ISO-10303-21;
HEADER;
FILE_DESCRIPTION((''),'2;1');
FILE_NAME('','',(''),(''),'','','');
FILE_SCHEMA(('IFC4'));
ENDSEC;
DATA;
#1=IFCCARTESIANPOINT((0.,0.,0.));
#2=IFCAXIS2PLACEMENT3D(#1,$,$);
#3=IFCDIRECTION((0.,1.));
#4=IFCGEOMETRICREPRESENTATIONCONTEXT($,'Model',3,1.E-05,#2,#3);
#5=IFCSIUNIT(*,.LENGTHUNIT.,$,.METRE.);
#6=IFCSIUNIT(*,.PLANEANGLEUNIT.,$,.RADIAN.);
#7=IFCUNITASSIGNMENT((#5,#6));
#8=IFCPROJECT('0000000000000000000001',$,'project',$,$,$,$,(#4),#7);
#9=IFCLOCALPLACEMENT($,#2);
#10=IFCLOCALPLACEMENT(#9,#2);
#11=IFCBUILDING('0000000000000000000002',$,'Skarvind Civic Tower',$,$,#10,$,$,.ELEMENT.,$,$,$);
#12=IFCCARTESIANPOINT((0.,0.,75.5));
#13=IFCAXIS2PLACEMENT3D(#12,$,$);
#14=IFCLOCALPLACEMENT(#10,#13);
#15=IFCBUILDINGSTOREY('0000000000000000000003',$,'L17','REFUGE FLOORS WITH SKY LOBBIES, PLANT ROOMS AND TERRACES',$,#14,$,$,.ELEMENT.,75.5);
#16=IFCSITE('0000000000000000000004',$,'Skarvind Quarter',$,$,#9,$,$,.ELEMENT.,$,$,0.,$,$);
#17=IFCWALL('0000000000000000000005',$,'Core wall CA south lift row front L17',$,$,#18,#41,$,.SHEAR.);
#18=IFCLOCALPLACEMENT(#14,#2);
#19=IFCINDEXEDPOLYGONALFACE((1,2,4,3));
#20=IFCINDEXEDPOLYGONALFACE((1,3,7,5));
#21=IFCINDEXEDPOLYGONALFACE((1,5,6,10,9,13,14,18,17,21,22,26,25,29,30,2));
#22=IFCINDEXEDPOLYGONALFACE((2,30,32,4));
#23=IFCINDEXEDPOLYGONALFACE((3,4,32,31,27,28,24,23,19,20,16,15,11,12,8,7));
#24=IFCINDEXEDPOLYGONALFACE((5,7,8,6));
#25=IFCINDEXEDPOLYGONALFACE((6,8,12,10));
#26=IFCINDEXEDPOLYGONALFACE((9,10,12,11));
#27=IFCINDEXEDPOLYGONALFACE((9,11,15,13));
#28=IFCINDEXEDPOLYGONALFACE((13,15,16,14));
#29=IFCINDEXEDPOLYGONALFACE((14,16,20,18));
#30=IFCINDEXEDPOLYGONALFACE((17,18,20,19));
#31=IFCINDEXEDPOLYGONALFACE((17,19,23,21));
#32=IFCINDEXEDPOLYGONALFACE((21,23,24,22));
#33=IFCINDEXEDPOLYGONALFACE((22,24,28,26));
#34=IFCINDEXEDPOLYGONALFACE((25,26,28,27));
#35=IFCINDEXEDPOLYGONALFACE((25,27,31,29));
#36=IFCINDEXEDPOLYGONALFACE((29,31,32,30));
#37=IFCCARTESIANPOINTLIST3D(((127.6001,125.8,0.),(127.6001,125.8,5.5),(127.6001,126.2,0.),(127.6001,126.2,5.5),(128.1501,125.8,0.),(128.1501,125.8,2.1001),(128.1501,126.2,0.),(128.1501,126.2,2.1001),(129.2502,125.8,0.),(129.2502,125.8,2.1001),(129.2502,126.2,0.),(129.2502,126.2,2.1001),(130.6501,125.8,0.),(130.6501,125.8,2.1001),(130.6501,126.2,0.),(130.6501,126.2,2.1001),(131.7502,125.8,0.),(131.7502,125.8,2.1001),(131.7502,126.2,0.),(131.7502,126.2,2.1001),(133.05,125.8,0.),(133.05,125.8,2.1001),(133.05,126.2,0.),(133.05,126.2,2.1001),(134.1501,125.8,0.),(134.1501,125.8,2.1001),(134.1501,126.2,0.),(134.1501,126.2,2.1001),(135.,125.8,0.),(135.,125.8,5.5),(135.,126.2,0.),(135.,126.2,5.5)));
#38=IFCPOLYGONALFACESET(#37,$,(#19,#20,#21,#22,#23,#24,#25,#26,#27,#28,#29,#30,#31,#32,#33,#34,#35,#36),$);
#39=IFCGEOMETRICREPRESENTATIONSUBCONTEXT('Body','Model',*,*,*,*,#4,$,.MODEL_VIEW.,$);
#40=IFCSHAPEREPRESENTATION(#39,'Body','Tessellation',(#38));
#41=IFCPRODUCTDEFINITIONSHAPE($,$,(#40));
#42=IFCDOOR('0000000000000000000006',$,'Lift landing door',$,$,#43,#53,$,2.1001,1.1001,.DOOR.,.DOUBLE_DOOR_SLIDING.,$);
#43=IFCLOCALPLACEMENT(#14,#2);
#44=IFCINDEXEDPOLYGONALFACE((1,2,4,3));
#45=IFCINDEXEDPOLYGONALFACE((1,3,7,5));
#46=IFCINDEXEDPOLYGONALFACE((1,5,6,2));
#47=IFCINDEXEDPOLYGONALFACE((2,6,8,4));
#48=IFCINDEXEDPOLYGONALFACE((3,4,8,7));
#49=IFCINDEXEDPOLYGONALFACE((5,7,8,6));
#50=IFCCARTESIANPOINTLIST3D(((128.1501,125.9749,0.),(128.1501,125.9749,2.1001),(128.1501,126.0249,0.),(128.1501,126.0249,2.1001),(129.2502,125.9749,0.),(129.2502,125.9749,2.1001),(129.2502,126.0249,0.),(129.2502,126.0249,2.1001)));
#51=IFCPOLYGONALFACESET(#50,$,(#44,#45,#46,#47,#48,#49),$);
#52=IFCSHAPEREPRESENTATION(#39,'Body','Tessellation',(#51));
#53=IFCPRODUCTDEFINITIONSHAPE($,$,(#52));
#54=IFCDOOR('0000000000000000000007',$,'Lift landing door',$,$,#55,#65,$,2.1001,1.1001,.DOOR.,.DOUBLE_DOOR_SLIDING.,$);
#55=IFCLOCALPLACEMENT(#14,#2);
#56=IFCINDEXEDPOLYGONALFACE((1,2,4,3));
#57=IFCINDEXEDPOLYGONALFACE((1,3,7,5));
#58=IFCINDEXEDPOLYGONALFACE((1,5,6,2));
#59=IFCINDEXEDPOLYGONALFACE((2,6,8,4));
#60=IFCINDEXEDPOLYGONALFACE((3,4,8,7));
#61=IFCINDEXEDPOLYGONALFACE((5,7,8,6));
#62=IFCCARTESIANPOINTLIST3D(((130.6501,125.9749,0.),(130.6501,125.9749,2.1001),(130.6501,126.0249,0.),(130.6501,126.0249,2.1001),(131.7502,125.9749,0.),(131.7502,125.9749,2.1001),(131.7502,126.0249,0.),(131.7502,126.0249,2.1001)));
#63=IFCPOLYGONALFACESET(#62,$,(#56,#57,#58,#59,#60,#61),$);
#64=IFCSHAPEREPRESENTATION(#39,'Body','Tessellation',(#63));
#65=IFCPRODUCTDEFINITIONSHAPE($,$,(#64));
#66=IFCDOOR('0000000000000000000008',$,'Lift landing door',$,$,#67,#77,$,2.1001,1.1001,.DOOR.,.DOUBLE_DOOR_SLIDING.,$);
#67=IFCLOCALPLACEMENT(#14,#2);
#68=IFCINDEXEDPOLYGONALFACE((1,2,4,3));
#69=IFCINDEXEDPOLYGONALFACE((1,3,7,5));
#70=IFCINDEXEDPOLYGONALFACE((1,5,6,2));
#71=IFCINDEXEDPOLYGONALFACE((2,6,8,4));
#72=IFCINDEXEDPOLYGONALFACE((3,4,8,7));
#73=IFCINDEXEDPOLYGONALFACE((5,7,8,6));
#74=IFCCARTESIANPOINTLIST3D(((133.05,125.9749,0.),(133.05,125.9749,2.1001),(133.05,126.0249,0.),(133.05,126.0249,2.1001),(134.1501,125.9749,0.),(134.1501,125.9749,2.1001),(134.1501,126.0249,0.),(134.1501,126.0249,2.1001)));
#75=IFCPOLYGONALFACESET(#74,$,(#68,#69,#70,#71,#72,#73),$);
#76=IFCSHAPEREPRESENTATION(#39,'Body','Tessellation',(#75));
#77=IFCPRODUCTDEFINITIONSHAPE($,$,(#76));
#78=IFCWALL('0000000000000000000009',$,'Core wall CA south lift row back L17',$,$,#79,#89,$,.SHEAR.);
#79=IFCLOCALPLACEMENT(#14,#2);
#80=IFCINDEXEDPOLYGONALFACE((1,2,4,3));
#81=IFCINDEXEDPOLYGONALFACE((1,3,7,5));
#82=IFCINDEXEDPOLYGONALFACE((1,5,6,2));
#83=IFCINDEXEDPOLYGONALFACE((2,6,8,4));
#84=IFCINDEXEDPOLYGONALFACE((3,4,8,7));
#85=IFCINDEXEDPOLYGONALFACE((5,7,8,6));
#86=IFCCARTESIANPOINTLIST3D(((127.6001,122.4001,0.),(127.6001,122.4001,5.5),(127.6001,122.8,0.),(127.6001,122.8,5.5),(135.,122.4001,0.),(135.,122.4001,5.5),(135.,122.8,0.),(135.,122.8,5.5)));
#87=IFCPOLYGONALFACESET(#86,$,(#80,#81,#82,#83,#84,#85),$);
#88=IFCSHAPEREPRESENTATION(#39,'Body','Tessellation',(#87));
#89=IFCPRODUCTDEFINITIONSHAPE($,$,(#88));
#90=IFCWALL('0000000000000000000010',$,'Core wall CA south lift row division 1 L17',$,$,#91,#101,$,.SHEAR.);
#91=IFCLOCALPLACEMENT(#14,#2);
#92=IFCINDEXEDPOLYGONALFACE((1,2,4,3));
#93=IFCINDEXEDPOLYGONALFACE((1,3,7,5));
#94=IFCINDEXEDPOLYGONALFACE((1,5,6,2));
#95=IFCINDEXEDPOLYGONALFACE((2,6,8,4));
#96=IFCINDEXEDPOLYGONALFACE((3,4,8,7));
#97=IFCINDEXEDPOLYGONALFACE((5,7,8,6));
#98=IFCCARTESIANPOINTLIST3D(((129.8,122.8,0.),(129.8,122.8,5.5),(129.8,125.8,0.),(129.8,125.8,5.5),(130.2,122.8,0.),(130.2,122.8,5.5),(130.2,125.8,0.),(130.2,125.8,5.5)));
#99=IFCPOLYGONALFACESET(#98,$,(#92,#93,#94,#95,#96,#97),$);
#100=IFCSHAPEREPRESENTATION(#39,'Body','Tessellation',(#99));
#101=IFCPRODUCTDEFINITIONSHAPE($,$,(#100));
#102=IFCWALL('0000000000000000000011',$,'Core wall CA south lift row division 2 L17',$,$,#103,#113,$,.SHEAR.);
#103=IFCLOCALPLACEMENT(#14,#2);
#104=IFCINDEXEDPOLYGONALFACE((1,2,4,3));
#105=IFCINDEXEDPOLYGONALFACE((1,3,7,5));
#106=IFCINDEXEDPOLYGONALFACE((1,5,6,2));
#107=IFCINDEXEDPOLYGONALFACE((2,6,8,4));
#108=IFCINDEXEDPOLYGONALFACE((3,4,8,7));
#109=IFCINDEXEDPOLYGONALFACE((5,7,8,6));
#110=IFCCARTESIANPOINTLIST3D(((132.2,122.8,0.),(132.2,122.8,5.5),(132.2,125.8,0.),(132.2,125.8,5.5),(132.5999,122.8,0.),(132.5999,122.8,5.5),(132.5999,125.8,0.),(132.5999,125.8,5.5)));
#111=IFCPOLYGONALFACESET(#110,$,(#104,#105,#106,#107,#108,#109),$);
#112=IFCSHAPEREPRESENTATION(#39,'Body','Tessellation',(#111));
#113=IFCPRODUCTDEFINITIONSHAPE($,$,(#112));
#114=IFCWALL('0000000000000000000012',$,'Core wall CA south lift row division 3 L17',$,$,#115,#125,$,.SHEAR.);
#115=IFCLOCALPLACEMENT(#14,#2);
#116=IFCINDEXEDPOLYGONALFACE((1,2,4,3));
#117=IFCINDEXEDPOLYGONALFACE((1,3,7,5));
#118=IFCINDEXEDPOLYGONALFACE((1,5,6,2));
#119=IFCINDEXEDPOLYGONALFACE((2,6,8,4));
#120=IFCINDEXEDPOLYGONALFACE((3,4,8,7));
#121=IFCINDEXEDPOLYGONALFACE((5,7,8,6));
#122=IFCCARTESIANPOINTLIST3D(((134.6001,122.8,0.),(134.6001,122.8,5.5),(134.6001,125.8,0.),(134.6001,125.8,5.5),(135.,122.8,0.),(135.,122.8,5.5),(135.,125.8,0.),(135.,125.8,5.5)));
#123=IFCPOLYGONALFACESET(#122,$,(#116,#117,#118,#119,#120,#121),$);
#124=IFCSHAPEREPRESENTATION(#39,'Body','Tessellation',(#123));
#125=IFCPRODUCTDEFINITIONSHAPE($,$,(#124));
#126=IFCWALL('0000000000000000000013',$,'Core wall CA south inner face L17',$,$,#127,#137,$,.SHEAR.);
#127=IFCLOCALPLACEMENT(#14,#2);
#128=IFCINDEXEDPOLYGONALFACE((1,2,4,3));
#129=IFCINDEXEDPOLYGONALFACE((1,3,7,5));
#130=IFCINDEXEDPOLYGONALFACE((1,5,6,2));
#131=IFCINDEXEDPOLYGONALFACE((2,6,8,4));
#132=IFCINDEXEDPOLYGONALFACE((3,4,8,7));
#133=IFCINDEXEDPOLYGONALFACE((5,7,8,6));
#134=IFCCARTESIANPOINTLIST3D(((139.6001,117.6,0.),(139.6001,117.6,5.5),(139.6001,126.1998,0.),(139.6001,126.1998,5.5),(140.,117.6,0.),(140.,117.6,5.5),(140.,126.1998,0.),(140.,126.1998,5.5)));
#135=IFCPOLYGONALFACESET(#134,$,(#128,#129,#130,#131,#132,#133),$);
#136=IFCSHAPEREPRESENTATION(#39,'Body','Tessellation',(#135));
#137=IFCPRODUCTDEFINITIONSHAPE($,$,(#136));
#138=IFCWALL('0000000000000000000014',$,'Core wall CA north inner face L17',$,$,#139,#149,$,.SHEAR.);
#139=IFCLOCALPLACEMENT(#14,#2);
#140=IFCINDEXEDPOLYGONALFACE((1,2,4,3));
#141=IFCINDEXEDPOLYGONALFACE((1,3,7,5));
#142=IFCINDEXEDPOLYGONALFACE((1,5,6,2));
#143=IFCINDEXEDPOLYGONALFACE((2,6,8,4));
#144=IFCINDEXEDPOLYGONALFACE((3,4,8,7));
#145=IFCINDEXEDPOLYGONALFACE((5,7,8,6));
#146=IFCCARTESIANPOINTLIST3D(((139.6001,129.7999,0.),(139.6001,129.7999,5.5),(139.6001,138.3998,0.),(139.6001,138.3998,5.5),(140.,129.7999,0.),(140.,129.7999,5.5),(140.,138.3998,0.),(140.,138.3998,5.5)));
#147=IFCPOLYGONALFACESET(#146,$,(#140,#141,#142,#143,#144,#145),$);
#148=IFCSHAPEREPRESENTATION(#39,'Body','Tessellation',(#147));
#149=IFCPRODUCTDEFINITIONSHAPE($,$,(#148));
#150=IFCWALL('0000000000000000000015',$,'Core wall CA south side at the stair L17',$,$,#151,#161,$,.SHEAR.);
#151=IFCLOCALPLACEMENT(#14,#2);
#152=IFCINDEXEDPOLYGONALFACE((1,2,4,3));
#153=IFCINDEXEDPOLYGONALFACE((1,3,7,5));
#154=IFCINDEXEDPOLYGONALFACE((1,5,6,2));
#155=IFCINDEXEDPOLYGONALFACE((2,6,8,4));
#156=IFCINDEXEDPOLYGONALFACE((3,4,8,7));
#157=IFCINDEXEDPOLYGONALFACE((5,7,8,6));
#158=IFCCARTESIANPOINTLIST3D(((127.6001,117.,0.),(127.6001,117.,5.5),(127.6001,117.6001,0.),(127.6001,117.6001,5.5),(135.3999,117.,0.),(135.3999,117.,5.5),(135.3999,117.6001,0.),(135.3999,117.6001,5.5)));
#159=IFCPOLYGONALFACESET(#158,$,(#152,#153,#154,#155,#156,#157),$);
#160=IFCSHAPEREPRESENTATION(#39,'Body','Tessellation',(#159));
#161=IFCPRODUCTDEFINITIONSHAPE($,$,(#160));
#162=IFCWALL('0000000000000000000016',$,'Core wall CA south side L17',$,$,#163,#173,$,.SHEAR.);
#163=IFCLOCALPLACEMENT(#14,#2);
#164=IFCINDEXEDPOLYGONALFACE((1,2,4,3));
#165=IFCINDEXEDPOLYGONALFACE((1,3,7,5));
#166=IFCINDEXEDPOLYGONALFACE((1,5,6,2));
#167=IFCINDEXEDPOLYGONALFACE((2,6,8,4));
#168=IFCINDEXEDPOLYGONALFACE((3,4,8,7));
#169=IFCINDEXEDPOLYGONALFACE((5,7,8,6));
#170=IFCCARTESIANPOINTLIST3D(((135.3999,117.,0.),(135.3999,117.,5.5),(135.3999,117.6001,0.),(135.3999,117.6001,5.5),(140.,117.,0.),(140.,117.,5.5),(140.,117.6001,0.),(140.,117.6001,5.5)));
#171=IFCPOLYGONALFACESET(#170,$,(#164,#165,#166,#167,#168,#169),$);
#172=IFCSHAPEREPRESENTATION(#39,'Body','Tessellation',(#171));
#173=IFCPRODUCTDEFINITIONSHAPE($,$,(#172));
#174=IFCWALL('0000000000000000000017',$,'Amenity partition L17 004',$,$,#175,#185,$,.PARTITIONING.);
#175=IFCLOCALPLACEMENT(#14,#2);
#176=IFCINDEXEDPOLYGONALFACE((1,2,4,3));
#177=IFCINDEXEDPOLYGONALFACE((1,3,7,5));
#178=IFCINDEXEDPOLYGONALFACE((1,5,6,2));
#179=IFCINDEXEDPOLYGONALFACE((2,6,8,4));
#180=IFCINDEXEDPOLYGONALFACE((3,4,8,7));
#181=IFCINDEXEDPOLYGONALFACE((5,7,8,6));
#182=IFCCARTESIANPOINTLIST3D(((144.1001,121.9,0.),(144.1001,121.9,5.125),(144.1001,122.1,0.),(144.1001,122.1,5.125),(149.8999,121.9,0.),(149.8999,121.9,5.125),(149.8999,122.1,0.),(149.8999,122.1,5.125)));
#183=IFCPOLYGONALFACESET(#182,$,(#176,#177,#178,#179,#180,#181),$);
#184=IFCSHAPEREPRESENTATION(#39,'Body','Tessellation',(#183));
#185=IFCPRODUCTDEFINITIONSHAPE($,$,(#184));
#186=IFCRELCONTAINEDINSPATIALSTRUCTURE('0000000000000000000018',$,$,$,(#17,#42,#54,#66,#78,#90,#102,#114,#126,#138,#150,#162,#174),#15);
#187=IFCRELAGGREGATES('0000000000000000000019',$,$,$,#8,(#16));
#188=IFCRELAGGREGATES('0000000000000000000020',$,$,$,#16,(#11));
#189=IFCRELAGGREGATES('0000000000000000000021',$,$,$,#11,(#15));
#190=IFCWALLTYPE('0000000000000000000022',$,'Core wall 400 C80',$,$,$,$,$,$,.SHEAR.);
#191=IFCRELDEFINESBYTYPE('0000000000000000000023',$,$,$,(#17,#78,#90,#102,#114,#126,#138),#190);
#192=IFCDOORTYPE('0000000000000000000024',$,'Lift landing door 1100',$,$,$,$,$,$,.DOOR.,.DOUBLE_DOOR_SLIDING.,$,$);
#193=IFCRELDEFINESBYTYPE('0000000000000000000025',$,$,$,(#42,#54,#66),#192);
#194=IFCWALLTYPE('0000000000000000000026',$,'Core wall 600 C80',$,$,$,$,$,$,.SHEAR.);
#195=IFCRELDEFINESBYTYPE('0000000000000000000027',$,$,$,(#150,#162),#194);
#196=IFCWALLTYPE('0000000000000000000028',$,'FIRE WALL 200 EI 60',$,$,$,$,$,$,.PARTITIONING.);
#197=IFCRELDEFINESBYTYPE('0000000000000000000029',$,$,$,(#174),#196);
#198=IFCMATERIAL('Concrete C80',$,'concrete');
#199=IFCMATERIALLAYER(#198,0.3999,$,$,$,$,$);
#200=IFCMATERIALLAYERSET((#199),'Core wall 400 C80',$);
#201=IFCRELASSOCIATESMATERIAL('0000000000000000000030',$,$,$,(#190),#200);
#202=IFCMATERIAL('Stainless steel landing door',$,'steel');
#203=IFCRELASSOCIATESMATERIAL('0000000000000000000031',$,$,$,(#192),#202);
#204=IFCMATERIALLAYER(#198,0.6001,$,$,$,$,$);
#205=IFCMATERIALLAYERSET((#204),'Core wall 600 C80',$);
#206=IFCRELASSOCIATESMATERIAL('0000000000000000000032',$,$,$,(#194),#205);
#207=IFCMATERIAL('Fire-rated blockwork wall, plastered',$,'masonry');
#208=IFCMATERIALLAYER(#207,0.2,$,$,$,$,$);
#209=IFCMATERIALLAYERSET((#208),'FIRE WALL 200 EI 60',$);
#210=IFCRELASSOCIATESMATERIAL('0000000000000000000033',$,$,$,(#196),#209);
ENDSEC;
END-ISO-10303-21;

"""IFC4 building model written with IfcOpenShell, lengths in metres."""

from ifc_helpers import new_model, si_unit, direction, frame, frame_2d, origin, place, context, subcontext, project, spatial, rectangle, extrude, material, layer, layer_set, type_object, element, fill, save


model = new_model("IFC4")

# Units and contexts
model_context = context("Model", 3, precision=1e-05, world=origin(), true_north=direction((0.0, 1.0)))
body_context = subcontext(model_context, "Body", "Model", "MODEL_VIEW")
ifc_project = project(units=[si_unit("LENGTHUNIT", "METRE"), si_unit("PLANEANGLEUNIT", "RADIAN")], contexts=[model_context])

# Site, building, storey
site_placement = place(None, origin())
site = spatial("IfcSite", under=ifc_project, at=site_placement, Name="Skarvind Quarter", CompositionType="ELEMENT", RefElevation=0.0)
building_placement = place(site_placement, origin())
building = spatial("IfcBuilding", under=site, at=building_placement, Name="Skarvind Civic Tower", CompositionType="ELEMENT")
storey_placement = place(building_placement, frame((0.0, 0.0, 75.5)))
storey = spatial("IfcBuildingStorey", under=building, at=storey_placement, Name="L17", Description="REFUGE FLOORS WITH SKY LOBBIES, PLANT ROOMS AND TERRACES", CompositionType="ELEMENT", Elevation=75.5)

# Shared definitions
ifc_material_1 = material(Name="Concrete C80", Category="concrete")
ifc_layer_1 = layer(ifc_material_1, 0.3999)
ifc_layer_set_1 = layer_set([ifc_layer_1], Name="Core wall 400 C80")
wall_type_1 = type_object("IfcWallType", Name="Core wall 400 C80", PredefinedType="SHEAR", material=ifc_layer_set_1)

# Wall, openings, doors
wall_1_placement = place(storey_placement, frame((127.6001, 126.0, 0.0), z_axis=(0.0, 0.0, 1.0), x_axis=(1.0, 0.0, 0.0)))
wall_1 = element("IfcWall", 1, at=wall_1_placement, inside=storey, type_object=wall_type_1, Name="Core wall CA south lift row front L17", PredefinedType="SHEAR", context=body_context, shape_type="SweptSolid", body=[
    extrude(rectangle(XDim=7.3999, YDim=0.3999, at=frame_2d((3.7, 0.0))), origin(), (0.0, 0.0, 1.0), 5.5),
])
opening_1_placement = place(wall_1_placement, frame((0.55, 0.0, 0.0)))
opening_1 = element("IfcOpeningElement", 2, at=opening_1_placement, cuts=wall_1, PredefinedType="OPENING", context=body_context, shape_type="SweptSolid", body=[
    extrude(rectangle(XDim=1.1001, YDim=2.1001, at=frame_2d((0.55, 1.05))), frame((0.0, 0.21, 0.0), z_axis=(0.0, -1.0, 0.0), x_axis=(1.0, 0.0, 0.0)), (0.0, 0.0, 1.0), 0.4199),
])
opening_2_placement = place(wall_1_placement, frame((3.05, 0.0, 0.0)))
opening_2 = element("IfcOpeningElement", 3, at=opening_2_placement, cuts=wall_1, PredefinedType="OPENING", context=body_context, shape_type="SweptSolid", body=[
    extrude(rectangle(XDim=1.1001, YDim=2.1001, at=frame_2d((0.55, 1.05))), frame((0.0, 0.21, 0.0), z_axis=(0.0, -1.0, 0.0), x_axis=(1.0, 0.0, 0.0)), (0.0, 0.0, 1.0), 0.4199),
])
opening_3_placement = place(wall_1_placement, frame((5.45, 0.0, 0.0)))
opening_3 = element("IfcOpeningElement", 4, at=opening_3_placement, cuts=wall_1, PredefinedType="OPENING", context=body_context, shape_type="SweptSolid", body=[
    extrude(rectangle(XDim=1.1001, YDim=2.1001, at=frame_2d((0.55, 1.05))), frame((0.0, 0.21, 0.0), z_axis=(0.0, -1.0, 0.0), x_axis=(1.0, 0.0, 0.0)), (0.0, 0.0, 1.0), 0.4199),
])
ifc_material_2 = material(Name="Stainless steel landing door", Category="steel")
door_type_1 = type_object("IfcDoorType", Name="Lift landing door 1100", OperationType="DOUBLE_DOOR_SLIDING", PredefinedType="DOOR", material=ifc_material_2)
door_1_placement = place(opening_1_placement, origin())
door_1 = element("IfcDoor", 5, at=door_1_placement, inside=storey, type_object=door_type_1, Name="Lift landing door", OperationType="DOUBLE_DOOR_SLIDING", OverallHeight=2.1001, OverallWidth=1.1001, PredefinedType="DOOR", context=body_context, shape_type="SweptSolid", body=[
    extrude(rectangle(XDim=1.1001, YDim=2.1001, at=frame_2d((0.55, 1.05))), frame((0.0, 0.0249, 0.0), z_axis=(0.0, -1.0, 0.0), x_axis=(1.0, 0.0, 0.0)), (0.0, 0.0, 1.0), 0.05),
])
fill(opening_1, door_1)
door_2_placement = place(opening_2_placement, origin())
door_2 = element("IfcDoor", 6, at=door_2_placement, inside=storey, type_object=door_type_1, Name="Lift landing door", OperationType="DOUBLE_DOOR_SLIDING", OverallHeight=2.1001, OverallWidth=1.1001, PredefinedType="DOOR", context=body_context, shape_type="SweptSolid", body=[
    extrude(rectangle(XDim=1.1001, YDim=2.1001, at=frame_2d((0.55, 1.05))), frame((0.0, 0.0249, 0.0), z_axis=(0.0, -1.0, 0.0), x_axis=(1.0, 0.0, 0.0)), (0.0, 0.0, 1.0), 0.05),
])
fill(opening_2, door_2)
door_3_placement = place(opening_3_placement, origin())
door_3 = element("IfcDoor", 7, at=door_3_placement, inside=storey, type_object=door_type_1, Name="Lift landing door", OperationType="DOUBLE_DOOR_SLIDING", OverallHeight=2.1001, OverallWidth=1.1001, PredefinedType="DOOR", context=body_context, shape_type="SweptSolid", body=[
    extrude(rectangle(XDim=1.1001, YDim=2.1001, at=frame_2d((0.55, 1.05))), frame((0.0, 0.0249, 0.0), z_axis=(0.0, -1.0, 0.0), x_axis=(1.0, 0.0, 0.0)), (0.0, 0.0, 1.0), 0.05),
])
fill(opening_3, door_3)

# Walls
wall_2_placement = place(storey_placement, frame((127.6001, 122.6001, 0.0), z_axis=(0.0, 0.0, 1.0), x_axis=(1.0, 0.0, 0.0)))
element("IfcWall", 8, at=wall_2_placement, inside=storey, type_object=wall_type_1, Name="Core wall CA south lift row back L17", PredefinedType="SHEAR", context=body_context, shape_type="SweptSolid", body=[
    extrude(rectangle(XDim=7.3999, YDim=0.3999, at=frame_2d((3.7, 0.0))), origin(), (0.0, 0.0, 1.0), 5.5),
])
for number, where, z_axis, x_axis, name in (
    (9, (130.0, 122.8, 0.0), (0.0, 0.0, 1.0), (0.0, 1.0, 0.0), "Core wall CA south lift row division 1 L17"),
    (10, (132.3999, 122.8, 0.0), (0.0, 0.0, 1.0), (0.0, 1.0, 0.0), "Core wall CA south lift row division 2 L17"),
    (11, (134.8, 122.8, 0.0), (0.0, 0.0, 1.0), (0.0, 1.0, 0.0), "Core wall CA south lift row division 3 L17"),
):
    element("IfcWall", number, at=place(storey_placement, frame(where, z_axis=z_axis, x_axis=x_axis)), inside=storey, type_object=wall_type_1, Name=name, PredefinedType="SHEAR", context=body_context, shape_type="SweptSolid", body=[
        extrude(rectangle(XDim=3.0, YDim=0.3999, at=frame_2d((1.5, 0.0))), origin(), (0.0, 0.0, 1.0), 5.5),
    ])
for number, where, z_axis, x_axis, name in (
    (12, (139.8, 117.6001, 0.0), (0.0, 0.0, 1.0), (0.0, 1.0, 0.0), "Core wall CA south inner face L17"),
    (13, (139.8, 129.8, 0.0), (0.0, 0.0, 1.0), (0.0, 1.0, 0.0), "Core wall CA north inner face L17"),
):
    element("IfcWall", number, at=place(storey_placement, frame(where, z_axis=z_axis, x_axis=x_axis)), inside=storey, type_object=wall_type_1, Name=name, PredefinedType="SHEAR", context=body_context, shape_type="SweptSolid", body=[
        extrude(rectangle(XDim=8.5999, YDim=0.3999, at=frame_2d((4.2998, 0.0))), origin(), (0.0, 0.0, 1.0), 5.5),
    ])
ifc_layer_2 = layer(ifc_material_1, 0.6001)
ifc_layer_set_2 = layer_set([ifc_layer_2], Name="Core wall 600 C80")
wall_type_2 = type_object("IfcWallType", Name="Core wall 600 C80", PredefinedType="SHEAR", material=ifc_layer_set_2)
wall_3_placement = place(storey_placement, frame((127.6001, 117.3, 0.0), z_axis=(0.0, 0.0, 1.0), x_axis=(1.0, 0.0, 0.0)))
element("IfcWall", 14, at=wall_3_placement, inside=storey, type_object=wall_type_2, Name="Core wall CA south side at the stair L17", PredefinedType="SHEAR", context=body_context, shape_type="SweptSolid", body=[
    extrude(rectangle(XDim=7.7998, YDim=0.6001, at=frame_2d((3.8999, 0.0))), origin(), (0.0, 0.0, 1.0), 5.5),
])
wall_4_placement = place(storey_placement, frame((135.3999, 117.3, 0.0), z_axis=(0.0, 0.0, 1.0), x_axis=(1.0, 0.0, 0.0)))
element("IfcWall", 15, at=wall_4_placement, inside=storey, type_object=wall_type_2, Name="Core wall CA south side L17", PredefinedType="SHEAR", context=body_context, shape_type="SweptSolid", body=[
    extrude(rectangle(XDim=4.6001, YDim=0.6001, at=frame_2d((2.3, 0.0))), origin(), (0.0, 0.0, 1.0), 5.5),
])
ifc_material_3 = material(Name="Fire-rated blockwork wall, plastered", Category="masonry")
ifc_layer_3 = layer(ifc_material_3, 0.2)
ifc_layer_set_3 = layer_set([ifc_layer_3], Name="FIRE WALL 200 EI 60")
wall_type_3 = type_object("IfcWallType", Name="FIRE WALL 200 EI 60", PredefinedType="PARTITIONING", material=ifc_layer_set_3)
wall_5_placement = place(storey_placement, frame((144.1001, 122.0, 0.0), z_axis=(0.0, 0.0, 1.0), x_axis=(1.0, 0.0, 0.0)))
element("IfcWall", 16, at=wall_5_placement, inside=storey, type_object=wall_type_3, Name="Amenity partition L17 004", PredefinedType="PARTITIONING", context=body_context, shape_type="SweptSolid", body=[
    extrude(rectangle(XDim=5.7998, YDim=0.2, at=frame_2d((2.8999, 0.0))), origin(), (0.0, 0.0, 1.0), 5.125),
])

save(model, "model.ifc")
